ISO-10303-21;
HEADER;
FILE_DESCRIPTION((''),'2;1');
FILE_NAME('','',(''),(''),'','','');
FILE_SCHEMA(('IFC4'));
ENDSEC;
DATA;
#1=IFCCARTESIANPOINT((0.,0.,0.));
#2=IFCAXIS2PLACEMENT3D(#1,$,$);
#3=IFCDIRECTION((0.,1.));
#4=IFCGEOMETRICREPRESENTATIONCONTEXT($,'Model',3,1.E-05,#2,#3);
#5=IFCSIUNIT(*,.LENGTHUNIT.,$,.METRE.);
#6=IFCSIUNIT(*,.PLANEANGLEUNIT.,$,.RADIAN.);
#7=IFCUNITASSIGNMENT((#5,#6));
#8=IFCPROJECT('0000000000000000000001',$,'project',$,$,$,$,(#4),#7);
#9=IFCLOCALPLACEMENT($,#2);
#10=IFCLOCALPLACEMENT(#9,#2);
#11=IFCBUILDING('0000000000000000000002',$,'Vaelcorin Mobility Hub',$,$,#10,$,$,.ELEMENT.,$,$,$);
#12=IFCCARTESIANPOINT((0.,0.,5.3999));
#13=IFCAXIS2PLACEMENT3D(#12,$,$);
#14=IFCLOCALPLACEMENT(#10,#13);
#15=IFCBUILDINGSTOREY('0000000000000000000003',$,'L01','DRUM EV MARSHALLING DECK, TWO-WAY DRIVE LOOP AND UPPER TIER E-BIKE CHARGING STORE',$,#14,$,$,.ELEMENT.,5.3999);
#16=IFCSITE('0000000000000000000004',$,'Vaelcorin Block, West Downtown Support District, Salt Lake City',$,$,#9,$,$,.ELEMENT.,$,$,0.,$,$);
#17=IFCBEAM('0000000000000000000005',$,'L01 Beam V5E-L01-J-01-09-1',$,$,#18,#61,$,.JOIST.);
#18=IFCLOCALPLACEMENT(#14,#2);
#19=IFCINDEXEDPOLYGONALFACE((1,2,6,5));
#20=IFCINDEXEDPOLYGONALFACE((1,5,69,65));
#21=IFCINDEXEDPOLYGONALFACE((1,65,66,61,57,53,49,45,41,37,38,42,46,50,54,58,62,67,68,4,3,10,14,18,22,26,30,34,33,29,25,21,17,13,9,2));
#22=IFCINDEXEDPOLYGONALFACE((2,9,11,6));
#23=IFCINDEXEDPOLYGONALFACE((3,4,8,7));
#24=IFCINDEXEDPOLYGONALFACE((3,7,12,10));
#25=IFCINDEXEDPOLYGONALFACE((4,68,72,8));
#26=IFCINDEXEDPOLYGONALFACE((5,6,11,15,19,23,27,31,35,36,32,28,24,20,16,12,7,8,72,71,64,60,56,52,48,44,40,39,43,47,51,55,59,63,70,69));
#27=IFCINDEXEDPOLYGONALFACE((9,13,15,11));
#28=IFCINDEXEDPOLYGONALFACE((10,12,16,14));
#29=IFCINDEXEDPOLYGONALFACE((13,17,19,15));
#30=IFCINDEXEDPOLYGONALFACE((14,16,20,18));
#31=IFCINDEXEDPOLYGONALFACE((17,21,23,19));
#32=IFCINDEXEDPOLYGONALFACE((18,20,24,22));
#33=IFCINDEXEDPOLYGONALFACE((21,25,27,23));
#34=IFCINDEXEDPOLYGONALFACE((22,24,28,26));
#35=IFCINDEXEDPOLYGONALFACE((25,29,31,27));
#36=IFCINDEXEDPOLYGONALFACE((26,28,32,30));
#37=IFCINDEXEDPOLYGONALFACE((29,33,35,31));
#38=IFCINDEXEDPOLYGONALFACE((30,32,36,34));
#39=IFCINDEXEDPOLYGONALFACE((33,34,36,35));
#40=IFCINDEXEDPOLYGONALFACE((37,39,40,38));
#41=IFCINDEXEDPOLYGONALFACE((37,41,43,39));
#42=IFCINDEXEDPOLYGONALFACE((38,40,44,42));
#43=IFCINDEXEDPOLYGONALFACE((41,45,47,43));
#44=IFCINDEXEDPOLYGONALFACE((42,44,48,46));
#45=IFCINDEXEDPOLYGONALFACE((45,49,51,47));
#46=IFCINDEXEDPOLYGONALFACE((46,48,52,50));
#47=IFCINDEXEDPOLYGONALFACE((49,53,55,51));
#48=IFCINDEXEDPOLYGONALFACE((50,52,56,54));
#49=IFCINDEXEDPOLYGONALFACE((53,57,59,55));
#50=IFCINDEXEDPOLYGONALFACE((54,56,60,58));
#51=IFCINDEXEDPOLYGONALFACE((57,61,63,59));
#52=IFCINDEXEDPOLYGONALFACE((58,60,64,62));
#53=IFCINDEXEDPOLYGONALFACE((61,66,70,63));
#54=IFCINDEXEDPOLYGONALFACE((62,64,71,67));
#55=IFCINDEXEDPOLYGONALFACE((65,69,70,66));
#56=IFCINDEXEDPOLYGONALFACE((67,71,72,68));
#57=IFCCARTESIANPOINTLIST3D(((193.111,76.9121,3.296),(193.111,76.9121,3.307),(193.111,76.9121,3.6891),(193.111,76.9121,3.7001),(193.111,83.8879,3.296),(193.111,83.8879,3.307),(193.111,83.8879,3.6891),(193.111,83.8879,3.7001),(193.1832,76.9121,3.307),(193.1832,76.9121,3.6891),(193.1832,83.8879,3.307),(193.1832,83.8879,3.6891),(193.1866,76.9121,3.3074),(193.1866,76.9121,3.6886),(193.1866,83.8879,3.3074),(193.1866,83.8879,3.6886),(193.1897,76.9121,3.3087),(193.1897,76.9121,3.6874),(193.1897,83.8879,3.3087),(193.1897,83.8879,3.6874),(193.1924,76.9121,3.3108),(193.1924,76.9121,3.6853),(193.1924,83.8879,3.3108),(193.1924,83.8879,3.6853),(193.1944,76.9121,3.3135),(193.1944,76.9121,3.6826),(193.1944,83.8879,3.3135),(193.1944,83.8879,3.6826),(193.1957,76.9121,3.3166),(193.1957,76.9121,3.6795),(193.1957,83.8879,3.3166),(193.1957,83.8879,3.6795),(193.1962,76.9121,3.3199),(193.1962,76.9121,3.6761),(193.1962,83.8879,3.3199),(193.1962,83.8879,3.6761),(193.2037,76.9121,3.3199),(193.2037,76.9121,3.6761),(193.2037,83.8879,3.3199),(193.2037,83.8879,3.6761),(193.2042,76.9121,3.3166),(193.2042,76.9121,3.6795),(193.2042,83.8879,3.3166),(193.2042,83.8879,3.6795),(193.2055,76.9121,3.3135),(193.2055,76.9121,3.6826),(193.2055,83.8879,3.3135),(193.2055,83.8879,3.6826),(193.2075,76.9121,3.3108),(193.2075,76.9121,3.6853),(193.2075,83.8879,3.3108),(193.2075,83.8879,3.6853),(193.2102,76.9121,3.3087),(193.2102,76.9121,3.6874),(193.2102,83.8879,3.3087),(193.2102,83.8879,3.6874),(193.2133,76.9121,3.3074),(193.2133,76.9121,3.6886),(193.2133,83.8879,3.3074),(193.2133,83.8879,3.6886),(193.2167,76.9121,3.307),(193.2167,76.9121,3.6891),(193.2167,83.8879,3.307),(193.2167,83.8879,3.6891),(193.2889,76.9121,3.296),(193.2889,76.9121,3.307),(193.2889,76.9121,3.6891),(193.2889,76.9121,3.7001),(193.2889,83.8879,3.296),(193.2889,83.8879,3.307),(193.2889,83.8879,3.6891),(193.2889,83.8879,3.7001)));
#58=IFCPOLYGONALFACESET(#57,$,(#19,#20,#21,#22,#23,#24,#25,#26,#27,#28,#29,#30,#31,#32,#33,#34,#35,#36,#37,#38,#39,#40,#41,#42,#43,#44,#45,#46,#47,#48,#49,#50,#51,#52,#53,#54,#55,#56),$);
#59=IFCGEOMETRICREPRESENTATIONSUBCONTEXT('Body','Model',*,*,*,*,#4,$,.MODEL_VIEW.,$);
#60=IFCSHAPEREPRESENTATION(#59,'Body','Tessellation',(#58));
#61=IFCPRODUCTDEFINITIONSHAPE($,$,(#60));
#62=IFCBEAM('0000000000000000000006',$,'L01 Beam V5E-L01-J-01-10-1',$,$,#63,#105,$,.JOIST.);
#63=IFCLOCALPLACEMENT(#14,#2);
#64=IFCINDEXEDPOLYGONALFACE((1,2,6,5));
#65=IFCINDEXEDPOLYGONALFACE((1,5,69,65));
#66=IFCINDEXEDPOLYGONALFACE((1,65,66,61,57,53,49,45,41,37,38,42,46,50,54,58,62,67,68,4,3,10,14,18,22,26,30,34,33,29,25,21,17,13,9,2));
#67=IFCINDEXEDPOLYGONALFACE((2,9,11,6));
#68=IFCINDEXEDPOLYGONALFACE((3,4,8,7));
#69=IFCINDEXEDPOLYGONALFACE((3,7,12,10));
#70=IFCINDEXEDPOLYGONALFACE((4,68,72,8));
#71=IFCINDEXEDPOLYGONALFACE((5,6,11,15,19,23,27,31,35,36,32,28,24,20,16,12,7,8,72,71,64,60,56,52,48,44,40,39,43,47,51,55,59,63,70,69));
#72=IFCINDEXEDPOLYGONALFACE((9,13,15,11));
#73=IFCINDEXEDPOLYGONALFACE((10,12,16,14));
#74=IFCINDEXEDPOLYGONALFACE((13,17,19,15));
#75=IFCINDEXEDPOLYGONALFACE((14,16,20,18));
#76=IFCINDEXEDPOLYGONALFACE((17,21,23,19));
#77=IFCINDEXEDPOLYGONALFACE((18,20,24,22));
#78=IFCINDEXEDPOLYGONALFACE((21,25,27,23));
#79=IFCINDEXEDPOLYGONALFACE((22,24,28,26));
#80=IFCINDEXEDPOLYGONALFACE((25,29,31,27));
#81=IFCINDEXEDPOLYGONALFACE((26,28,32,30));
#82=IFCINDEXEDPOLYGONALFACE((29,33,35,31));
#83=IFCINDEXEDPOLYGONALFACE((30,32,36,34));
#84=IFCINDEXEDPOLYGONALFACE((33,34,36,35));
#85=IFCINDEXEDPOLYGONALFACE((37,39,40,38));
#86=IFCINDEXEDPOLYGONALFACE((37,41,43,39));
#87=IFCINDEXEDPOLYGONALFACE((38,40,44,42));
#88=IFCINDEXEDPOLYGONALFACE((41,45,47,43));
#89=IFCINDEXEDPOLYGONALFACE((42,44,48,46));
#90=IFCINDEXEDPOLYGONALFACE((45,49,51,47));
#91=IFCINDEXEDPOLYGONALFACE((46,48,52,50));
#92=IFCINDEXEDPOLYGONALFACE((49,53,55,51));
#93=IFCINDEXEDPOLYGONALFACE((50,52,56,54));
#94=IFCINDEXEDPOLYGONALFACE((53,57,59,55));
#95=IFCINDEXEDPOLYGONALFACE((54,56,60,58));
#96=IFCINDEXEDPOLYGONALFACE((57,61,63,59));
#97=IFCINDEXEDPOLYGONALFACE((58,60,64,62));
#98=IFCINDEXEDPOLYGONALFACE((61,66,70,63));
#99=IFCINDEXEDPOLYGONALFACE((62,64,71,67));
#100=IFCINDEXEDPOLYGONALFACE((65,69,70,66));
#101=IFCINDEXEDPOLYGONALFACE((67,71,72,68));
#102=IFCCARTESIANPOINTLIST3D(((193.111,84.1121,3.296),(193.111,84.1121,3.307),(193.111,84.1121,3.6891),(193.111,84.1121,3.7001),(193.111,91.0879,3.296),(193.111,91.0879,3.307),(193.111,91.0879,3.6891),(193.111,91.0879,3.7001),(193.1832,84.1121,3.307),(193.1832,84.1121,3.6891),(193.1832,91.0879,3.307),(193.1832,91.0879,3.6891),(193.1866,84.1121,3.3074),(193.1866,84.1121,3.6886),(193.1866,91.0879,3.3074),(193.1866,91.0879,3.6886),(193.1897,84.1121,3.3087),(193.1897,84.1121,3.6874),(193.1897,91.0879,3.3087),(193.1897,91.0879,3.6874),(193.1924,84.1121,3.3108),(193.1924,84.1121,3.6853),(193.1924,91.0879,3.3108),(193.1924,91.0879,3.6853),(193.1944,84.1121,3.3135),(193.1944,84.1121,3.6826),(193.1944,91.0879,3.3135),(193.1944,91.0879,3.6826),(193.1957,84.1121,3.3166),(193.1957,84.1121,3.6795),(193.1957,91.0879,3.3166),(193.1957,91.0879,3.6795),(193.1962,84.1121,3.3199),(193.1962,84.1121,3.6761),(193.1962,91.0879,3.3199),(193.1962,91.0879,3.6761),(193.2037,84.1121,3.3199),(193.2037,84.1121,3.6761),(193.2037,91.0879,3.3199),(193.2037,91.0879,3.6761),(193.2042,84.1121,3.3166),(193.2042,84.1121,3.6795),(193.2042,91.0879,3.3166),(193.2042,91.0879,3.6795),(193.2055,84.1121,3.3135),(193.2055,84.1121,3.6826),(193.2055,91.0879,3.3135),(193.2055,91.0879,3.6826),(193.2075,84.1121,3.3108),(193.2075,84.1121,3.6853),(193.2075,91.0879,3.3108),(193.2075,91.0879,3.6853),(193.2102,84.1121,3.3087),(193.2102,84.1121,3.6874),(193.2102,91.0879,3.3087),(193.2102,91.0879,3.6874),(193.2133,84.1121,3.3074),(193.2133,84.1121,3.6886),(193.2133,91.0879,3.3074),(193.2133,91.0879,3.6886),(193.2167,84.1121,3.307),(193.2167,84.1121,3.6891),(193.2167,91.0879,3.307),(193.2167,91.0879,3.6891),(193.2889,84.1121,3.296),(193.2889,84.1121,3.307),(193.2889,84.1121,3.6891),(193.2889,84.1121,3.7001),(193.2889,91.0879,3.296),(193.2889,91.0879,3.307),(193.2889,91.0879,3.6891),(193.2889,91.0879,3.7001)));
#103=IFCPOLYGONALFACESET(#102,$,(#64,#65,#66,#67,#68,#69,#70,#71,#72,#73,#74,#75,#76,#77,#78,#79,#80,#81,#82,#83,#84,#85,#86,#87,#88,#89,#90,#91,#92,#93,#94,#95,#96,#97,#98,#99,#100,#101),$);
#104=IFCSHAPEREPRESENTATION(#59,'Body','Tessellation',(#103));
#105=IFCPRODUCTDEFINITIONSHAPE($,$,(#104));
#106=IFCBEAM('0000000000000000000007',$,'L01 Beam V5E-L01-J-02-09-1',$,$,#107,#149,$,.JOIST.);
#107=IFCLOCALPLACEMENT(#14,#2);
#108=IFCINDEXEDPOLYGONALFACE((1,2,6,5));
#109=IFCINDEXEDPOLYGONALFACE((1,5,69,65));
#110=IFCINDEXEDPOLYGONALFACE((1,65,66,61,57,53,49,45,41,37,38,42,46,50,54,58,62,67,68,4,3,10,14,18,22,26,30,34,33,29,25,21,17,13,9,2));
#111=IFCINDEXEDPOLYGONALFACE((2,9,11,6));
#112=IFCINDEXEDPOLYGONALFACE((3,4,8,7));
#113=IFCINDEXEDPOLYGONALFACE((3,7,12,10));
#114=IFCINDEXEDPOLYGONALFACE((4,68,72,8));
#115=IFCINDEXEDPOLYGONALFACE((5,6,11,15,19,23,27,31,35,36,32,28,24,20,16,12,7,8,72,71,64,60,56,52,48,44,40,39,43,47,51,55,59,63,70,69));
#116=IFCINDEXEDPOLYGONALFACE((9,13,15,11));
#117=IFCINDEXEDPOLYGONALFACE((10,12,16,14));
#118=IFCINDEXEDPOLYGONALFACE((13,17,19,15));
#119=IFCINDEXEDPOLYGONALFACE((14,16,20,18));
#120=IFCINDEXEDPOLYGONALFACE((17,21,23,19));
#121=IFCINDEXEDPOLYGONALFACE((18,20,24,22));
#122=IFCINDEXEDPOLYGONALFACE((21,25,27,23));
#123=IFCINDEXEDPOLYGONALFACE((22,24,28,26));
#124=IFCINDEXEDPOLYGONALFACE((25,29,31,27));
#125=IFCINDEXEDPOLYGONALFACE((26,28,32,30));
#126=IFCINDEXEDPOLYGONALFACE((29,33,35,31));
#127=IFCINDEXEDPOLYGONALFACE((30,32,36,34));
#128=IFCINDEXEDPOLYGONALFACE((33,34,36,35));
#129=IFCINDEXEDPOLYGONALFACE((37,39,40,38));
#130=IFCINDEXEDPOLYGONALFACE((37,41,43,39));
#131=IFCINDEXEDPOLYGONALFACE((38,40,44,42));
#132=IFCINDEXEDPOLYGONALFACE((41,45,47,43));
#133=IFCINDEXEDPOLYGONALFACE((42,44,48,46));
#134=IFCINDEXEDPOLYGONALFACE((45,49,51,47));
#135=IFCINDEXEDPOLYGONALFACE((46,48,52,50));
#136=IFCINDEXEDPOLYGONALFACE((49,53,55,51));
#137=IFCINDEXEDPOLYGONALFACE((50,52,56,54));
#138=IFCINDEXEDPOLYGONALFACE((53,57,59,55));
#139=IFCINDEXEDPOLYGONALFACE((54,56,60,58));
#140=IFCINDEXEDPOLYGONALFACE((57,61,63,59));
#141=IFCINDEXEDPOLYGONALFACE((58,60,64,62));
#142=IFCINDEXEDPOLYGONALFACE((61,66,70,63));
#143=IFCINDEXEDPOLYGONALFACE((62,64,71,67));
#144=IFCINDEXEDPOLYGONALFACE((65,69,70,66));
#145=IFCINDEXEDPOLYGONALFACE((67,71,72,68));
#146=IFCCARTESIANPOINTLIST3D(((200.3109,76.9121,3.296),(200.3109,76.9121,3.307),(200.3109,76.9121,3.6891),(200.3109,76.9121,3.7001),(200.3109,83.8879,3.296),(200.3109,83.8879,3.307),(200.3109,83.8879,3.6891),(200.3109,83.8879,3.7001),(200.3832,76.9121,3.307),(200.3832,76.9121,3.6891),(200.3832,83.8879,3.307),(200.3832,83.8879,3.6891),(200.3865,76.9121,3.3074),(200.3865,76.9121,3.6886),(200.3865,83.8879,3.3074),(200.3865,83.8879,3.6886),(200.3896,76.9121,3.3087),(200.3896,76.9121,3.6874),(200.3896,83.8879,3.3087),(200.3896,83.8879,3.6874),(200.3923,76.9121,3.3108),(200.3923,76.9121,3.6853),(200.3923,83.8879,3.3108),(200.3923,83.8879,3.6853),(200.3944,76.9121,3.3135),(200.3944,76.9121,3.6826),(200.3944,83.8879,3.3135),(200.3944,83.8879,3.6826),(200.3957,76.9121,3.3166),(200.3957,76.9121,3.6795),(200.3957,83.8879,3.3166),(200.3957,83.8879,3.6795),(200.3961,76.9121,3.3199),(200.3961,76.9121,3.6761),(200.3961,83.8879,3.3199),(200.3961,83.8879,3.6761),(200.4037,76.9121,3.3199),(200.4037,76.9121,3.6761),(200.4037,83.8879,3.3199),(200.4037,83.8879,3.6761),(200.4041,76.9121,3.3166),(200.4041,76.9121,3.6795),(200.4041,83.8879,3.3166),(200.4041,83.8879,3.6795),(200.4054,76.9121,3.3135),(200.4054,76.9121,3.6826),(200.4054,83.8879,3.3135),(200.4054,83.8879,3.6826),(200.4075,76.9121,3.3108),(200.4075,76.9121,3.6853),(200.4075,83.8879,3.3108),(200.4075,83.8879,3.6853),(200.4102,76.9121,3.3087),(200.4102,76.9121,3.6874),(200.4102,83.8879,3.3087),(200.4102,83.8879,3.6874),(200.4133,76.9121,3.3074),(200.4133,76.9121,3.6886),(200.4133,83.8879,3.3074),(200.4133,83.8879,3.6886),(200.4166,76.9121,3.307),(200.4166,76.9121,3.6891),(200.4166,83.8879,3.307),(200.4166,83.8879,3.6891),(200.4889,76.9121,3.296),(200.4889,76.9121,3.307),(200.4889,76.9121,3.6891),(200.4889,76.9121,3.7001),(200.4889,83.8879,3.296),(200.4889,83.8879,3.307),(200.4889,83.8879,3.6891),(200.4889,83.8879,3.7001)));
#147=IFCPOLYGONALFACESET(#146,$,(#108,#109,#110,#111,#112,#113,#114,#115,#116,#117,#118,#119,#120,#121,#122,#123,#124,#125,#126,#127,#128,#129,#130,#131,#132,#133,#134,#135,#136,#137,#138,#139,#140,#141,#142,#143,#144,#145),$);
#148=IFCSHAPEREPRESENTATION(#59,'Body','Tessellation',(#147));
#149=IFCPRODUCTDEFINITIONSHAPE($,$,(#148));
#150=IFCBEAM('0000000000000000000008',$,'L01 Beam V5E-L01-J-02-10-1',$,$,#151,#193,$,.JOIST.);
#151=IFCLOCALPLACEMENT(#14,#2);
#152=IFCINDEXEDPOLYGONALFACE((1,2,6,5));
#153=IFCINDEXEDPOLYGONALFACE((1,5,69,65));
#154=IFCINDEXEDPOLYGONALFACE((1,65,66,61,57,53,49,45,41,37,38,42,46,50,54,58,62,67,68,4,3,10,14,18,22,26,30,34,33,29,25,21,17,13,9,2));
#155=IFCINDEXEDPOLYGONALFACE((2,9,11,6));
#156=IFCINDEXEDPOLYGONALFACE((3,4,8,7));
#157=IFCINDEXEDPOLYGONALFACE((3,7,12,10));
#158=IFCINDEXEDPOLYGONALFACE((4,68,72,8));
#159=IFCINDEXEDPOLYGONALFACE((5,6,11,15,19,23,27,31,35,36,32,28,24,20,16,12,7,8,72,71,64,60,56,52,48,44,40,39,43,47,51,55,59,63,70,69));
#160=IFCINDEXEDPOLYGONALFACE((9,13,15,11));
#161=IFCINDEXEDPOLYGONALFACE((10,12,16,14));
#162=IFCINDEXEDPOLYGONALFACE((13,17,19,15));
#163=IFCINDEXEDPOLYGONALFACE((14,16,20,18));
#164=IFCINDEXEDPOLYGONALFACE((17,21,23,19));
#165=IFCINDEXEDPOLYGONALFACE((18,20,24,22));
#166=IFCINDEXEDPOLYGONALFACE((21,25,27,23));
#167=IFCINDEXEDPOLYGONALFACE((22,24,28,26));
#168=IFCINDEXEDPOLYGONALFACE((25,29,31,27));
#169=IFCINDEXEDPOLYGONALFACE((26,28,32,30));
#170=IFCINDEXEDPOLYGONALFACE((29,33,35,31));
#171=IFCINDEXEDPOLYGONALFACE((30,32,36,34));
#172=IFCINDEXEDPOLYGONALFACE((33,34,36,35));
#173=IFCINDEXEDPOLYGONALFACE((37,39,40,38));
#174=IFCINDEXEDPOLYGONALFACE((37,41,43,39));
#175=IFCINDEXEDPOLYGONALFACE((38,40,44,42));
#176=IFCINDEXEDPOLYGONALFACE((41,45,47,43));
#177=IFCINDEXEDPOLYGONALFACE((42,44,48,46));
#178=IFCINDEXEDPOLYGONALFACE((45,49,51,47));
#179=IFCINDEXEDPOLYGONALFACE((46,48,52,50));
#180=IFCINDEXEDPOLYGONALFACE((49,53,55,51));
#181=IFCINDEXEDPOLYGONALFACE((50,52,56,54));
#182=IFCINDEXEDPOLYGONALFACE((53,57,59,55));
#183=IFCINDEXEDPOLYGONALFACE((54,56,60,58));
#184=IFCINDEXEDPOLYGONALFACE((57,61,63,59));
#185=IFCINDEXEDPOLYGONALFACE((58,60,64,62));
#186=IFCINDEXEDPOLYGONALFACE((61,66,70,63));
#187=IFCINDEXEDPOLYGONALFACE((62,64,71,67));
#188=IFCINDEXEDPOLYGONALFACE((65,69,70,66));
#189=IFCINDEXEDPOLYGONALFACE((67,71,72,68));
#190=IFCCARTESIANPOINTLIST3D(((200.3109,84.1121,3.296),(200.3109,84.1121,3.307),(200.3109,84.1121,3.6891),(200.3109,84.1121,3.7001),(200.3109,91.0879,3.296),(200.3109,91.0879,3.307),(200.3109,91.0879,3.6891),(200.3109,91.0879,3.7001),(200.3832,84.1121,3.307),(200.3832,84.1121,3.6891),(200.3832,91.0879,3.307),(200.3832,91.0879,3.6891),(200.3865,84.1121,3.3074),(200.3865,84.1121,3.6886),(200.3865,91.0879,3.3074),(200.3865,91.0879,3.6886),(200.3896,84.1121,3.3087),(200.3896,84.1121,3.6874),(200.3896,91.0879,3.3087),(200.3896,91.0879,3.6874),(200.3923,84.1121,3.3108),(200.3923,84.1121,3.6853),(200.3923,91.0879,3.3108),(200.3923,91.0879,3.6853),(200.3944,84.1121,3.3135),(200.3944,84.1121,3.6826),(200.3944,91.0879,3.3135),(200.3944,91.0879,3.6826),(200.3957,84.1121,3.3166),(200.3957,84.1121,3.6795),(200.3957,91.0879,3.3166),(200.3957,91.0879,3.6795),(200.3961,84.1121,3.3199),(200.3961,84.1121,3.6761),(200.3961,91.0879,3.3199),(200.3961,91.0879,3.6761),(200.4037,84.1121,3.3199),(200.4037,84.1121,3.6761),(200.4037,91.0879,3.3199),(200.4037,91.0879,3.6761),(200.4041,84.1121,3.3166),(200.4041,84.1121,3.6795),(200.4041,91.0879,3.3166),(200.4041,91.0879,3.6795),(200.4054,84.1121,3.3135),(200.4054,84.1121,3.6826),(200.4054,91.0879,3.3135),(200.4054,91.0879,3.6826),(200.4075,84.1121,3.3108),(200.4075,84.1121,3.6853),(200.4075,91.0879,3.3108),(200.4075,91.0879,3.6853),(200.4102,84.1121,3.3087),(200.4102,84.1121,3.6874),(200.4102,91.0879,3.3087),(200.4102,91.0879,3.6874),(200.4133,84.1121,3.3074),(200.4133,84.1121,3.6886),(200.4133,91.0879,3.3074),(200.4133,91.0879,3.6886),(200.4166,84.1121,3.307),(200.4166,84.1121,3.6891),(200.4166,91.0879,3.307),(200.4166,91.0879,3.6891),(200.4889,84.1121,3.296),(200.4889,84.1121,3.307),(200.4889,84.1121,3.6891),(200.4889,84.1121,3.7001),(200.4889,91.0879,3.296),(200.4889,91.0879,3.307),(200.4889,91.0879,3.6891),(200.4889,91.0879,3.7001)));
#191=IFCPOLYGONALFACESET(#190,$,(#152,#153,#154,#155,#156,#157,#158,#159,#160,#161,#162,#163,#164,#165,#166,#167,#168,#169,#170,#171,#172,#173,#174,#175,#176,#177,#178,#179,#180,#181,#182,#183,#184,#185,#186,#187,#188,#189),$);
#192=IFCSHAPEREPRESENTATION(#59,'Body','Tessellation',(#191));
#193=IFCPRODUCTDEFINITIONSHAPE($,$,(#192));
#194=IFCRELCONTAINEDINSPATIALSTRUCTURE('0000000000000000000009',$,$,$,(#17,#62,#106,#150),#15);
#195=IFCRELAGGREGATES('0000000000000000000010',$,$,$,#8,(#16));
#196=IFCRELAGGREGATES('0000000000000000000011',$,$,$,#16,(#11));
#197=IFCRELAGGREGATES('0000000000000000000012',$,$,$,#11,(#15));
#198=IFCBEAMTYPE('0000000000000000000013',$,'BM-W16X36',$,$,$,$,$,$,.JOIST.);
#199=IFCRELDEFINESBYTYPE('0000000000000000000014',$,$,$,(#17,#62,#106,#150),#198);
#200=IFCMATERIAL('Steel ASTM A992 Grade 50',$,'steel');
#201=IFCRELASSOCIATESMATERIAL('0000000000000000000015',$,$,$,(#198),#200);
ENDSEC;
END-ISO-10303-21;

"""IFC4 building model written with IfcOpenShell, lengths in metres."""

from ifc_helpers import new_model, si_unit, direction, frame, origin, origin_2d, place, context, subcontext, project, spatial, i_section, extrude, material, material_profile, profile_set, type_object, element, save


model = new_model("IFC4")

# Units and contexts
model_context = context("Model", 3, precision=1e-05, world=origin(), true_north=direction((0.0, 1.0)))
body_context = subcontext(model_context, "Body", "Model", "MODEL_VIEW")
ifc_project = project(units=[si_unit("LENGTHUNIT", "METRE"), si_unit("PLANEANGLEUNIT", "RADIAN")], contexts=[model_context])

# Site, building, storey
site_placement = place(None, origin())
site = spatial("IfcSite", under=ifc_project, at=site_placement, Name="Vaelcorin Block, West Downtown Support District, Salt Lake City", CompositionType="ELEMENT", RefElevation=0.0)
building_placement = place(site_placement, origin())
building = spatial("IfcBuilding", under=site, at=building_placement, Name="Vaelcorin Mobility Hub", CompositionType="ELEMENT")
storey_placement = place(building_placement, frame((0.0, 0.0, 5.3999)))
storey = spatial("IfcBuildingStorey", under=building, at=storey_placement, Name="L01", Description="DRUM EV MARSHALLING DECK, TWO-WAY DRIVE LOOP AND UPPER TIER E-BIKE CHARGING STORE", CompositionType="ELEMENT", Elevation=5.3999)

# Shared definitions
ifc_material_1 = material(Name="Steel ASTM A992 Grade 50", Category="steel")

# Beams
ifc_material_profile_1 = material_profile(ifc_material_1, i_section(OverallWidth=0.178, OverallDepth=0.4041, WebThickness=0.0076, FlangeThickness=0.011, FilletRadius=0.0129, at=origin_2d()), Name="W16X36")
ifc_profile_set_1 = profile_set([ifc_material_profile_1], Name="Steel ASTM A992 Grade 50")
beam_type_1 = type_object("IfcBeamType", Name="BM-W16X36", PredefinedType="JOIST", material=ifc_profile_set_1)
for number, where, z_axis, x_axis, name in (
    (1, (193.2, 76.9121, 3.498), (0.0, 1.0, 0.0), (-1.0, 0.0, 0.0), "L01 Beam V5E-L01-J-01-09-1"),
    (2, (193.2, 84.1121, 3.498), (0.0, 1.0, 0.0), (-1.0, 0.0, 0.0), "L01 Beam V5E-L01-J-01-10-1"),
    (3, (200.3999, 76.9121, 3.498), (0.0, 1.0, 0.0), (-1.0, 0.0, 0.0), "L01 Beam V5E-L01-J-02-09-1"),
    (4, (200.3999, 84.1121, 3.498), (0.0, 1.0, 0.0), (-1.0, 0.0, 0.0), "L01 Beam V5E-L01-J-02-10-1"),
):
    element("IfcBeam", number, at=place(storey_placement, frame(where, z_axis=z_axis, x_axis=x_axis)), inside=storey, type_object=beam_type_1, Name=name, PredefinedType="JOIST", context=body_context, shape_type="SweptSolid", body=[
        extrude(i_section(OverallWidth=0.178, OverallDepth=0.4041, WebThickness=0.0076, FlangeThickness=0.011, FilletRadius=0.0129, at=origin_2d()), origin(), (0.0, 0.0, 1.0), 6.9758),
    ])

save(model, "model.ifc")
